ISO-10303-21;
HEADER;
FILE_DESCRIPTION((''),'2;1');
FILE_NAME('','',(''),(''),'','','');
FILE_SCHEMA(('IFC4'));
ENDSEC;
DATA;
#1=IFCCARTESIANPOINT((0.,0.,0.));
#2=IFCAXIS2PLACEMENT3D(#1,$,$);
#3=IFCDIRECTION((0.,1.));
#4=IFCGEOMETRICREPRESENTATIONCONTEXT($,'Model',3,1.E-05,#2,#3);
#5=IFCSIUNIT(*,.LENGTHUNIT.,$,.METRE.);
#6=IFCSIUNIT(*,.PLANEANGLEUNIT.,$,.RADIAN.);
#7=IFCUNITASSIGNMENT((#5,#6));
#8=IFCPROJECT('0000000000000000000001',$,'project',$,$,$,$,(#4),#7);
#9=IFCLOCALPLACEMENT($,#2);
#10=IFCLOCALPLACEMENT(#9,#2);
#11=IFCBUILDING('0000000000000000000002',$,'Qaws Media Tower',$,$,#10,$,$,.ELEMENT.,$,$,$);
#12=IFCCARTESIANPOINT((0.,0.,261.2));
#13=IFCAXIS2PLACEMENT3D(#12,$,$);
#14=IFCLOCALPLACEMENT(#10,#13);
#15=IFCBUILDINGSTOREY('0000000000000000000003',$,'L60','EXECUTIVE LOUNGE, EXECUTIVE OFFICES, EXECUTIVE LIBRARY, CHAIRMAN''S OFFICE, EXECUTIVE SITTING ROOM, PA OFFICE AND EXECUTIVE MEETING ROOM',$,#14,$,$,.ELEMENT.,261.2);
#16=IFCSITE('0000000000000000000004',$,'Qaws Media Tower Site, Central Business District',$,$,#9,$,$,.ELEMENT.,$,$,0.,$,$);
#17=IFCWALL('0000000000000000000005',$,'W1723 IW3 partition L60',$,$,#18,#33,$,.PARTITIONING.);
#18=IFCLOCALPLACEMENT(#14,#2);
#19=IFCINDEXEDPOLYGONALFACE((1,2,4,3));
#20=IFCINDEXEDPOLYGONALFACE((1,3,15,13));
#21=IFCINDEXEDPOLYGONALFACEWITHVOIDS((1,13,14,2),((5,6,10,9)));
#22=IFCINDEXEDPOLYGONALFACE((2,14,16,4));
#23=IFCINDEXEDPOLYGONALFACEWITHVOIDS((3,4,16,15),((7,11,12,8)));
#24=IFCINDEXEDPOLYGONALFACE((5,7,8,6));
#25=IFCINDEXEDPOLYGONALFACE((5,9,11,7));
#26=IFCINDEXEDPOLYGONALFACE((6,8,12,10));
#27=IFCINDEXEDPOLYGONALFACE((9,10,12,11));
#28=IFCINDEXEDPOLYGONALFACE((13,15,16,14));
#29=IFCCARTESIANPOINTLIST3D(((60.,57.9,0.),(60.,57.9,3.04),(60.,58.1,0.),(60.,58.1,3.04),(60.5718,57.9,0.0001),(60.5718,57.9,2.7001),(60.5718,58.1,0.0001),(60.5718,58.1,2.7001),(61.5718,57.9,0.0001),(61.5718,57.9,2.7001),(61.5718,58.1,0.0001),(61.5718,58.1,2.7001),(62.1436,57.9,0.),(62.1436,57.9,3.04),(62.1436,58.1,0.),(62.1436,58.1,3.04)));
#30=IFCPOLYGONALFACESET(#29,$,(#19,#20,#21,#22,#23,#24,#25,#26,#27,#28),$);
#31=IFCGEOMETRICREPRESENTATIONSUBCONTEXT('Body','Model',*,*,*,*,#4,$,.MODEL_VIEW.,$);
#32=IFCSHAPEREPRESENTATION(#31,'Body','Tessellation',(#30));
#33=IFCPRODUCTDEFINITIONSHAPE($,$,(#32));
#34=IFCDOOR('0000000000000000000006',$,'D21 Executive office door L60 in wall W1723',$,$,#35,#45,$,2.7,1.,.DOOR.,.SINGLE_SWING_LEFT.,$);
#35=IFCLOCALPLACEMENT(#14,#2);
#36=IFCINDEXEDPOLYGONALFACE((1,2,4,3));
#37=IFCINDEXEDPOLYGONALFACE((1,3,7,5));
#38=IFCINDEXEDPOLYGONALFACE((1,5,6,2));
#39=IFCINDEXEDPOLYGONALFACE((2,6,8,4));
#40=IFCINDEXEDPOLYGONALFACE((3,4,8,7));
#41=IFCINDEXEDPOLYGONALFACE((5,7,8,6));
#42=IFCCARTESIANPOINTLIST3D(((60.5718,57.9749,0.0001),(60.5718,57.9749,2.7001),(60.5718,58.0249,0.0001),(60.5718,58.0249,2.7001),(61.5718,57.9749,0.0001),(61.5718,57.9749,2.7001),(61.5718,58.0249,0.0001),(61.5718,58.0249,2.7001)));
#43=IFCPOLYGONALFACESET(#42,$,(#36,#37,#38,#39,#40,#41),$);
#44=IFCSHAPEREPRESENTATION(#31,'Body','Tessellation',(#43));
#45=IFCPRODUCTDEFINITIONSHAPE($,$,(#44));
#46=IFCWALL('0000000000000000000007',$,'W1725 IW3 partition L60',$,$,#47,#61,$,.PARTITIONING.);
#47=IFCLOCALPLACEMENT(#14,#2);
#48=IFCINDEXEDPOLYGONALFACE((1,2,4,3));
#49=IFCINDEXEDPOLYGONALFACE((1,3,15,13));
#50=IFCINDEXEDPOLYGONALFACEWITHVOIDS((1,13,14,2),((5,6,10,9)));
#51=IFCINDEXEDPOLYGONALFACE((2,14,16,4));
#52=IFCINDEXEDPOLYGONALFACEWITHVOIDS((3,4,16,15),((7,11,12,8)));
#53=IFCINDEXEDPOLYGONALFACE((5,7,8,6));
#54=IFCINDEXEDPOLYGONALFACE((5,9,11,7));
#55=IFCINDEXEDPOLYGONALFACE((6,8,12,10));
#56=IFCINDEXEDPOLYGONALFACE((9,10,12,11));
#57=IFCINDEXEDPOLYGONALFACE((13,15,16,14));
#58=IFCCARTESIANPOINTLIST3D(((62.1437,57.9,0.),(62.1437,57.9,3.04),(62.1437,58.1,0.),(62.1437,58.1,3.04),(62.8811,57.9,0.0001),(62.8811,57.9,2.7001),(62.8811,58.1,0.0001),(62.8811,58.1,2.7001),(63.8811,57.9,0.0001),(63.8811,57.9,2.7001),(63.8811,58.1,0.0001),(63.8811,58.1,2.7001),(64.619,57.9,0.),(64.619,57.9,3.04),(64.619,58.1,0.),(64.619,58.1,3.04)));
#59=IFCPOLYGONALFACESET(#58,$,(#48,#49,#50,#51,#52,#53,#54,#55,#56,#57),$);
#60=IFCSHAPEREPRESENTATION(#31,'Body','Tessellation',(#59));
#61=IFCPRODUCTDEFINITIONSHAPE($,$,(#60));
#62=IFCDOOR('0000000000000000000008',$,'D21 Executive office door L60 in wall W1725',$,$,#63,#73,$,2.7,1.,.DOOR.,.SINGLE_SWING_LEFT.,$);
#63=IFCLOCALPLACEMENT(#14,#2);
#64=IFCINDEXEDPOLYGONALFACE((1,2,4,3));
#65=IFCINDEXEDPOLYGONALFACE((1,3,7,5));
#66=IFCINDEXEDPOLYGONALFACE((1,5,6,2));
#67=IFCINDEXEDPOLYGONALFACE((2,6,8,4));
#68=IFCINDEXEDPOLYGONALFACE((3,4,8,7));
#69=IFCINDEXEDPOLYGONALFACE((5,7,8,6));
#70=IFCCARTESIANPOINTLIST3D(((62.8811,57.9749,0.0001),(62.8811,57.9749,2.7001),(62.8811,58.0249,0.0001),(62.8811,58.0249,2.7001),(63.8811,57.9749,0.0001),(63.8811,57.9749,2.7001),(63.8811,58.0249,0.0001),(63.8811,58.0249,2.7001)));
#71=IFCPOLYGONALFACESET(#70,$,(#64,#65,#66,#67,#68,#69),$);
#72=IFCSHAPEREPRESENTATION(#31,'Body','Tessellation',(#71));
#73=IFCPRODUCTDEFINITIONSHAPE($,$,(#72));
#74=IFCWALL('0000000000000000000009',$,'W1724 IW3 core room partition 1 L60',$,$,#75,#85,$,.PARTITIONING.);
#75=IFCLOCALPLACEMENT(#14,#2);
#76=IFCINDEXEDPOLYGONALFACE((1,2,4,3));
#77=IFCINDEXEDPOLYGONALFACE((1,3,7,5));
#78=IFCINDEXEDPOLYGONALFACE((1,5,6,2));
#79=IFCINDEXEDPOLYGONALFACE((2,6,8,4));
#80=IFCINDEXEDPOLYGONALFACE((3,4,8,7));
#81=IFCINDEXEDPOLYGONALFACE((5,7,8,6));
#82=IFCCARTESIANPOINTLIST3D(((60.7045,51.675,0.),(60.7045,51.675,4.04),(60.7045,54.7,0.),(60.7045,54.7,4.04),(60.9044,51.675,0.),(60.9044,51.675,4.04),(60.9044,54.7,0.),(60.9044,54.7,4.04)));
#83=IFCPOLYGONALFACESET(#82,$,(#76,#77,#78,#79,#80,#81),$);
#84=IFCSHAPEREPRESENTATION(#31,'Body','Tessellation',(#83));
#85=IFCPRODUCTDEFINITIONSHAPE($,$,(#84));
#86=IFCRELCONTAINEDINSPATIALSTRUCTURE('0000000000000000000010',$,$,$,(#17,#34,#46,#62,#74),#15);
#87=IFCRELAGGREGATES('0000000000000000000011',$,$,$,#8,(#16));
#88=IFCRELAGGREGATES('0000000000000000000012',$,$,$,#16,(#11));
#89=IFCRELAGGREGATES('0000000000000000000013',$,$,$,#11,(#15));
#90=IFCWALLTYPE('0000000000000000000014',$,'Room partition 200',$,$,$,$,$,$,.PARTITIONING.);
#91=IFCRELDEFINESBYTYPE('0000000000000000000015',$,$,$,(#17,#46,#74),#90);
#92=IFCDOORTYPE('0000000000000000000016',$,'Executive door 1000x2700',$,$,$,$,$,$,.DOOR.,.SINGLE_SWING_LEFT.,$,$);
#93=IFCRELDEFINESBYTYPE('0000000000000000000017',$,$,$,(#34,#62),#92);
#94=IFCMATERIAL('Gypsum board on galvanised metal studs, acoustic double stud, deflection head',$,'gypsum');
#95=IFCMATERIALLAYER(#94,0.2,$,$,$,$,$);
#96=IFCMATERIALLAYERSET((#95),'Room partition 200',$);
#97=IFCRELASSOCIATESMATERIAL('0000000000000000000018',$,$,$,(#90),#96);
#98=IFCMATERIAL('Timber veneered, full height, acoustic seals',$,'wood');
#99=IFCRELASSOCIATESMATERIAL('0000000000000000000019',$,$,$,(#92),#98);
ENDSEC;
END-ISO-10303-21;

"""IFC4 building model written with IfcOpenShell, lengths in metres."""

from ifc_helpers import new_model, si_unit, direction, frame, frame_2d, origin, place, context, subcontext, project, spatial, rectangle, extrude, material, layer, layer_set, type_object, element, fill, save


model = new_model("IFC4")

# Units and contexts
model_context = context("Model", 3, precision=1e-05, world=origin(), true_north=direction((0.0, 1.0)))
body_context = subcontext(model_context, "Body", "Model", "MODEL_VIEW")
ifc_project = project(units=[si_unit("LENGTHUNIT", "METRE"), si_unit("PLANEANGLEUNIT", "RADIAN")], contexts=[model_context])

# Site, building, storey
site_placement = place(None, origin())
site = spatial("IfcSite", under=ifc_project, at=site_placement, Name="Qaws Media Tower Site, Central Business District", CompositionType="ELEMENT", RefElevation=0.0)
building_placement = place(site_placement, origin())
building = spatial("IfcBuilding", under=site, at=building_placement, Name="Qaws Media Tower", CompositionType="ELEMENT")
storey_placement = place(building_placement, frame((0.0, 0.0, 261.2)))
storey = spatial("IfcBuildingStorey", under=building, at=storey_placement, Name="L60", Description="EXECUTIVE LOUNGE, EXECUTIVE OFFICES, EXECUTIVE LIBRARY, CHAIRMAN'S OFFICE, EXECUTIVE SITTING ROOM, PA OFFICE AND EXECUTIVE MEETING ROOM", CompositionType="ELEMENT", Elevation=261.2)

# Walls, openings, doors
ifc_material_1 = material(Name="Gypsum board on galvanised metal studs, acoustic double stud, deflection head", Category="gypsum")
ifc_layer_1 = layer(ifc_material_1, 0.2)
ifc_layer_set_1 = layer_set([ifc_layer_1], Name="Room partition 200")
wall_type_1 = type_object("IfcWallType", Name="Room partition 200", PredefinedType="PARTITIONING", material=ifc_layer_set_1)
ifc_material_2 = material(Name="Timber veneered, full height, acoustic seals", Category="wood")
door_type_1 = type_object("IfcDoorType", Name="Executive door 1000x2700", OperationType="SINGLE_SWING_LEFT", PredefinedType="DOOR", material=ifc_material_2)
wall_1_placement = place(storey_placement, frame((60.0, 58.0, 0.0), z_axis=(0.0, 0.0, 1.0), x_axis=(1.0, 0.0, 0.0)))
wall_1 = element("IfcWall", 1, at=wall_1_placement, inside=storey, type_object=wall_type_1, Name="W1723 IW3 partition L60", PredefinedType="PARTITIONING", context=body_context, shape_type="SweptSolid", body=[
    extrude(rectangle(XDim=2.1436, YDim=0.2, at=frame_2d((1.0718, 0.0))), origin(), (0.0, 0.0, 1.0), 3.04),
])
opening_1_placement = place(wall_1_placement, frame((0.5718, 0.0, 0.0)))
opening_1 = element("IfcOpeningElement", 2, at=opening_1_placement, cuts=wall_1, PredefinedType="OPENING", context=body_context, shape_type="SweptSolid", body=[
    extrude(rectangle(XDim=1.0, YDim=2.7, at=frame_2d((0.5, 1.3501))), frame((0.0, 0.1099, 0.0), z_axis=(0.0, -1.0, 0.0), x_axis=(1.0, 0.0, 0.0)), (0.0, 0.0, 1.0), 0.22),
])
door_1_placement = place(opening_1_placement, origin())
door_1 = element("IfcDoor", 3, at=door_1_placement, inside=storey, type_object=door_type_1, Name="D21 Executive office door L60 in wall W1723", OperationType="SINGLE_SWING_LEFT", OverallHeight=2.7, OverallWidth=1.0, PredefinedType="DOOR", context=body_context, shape_type="SweptSolid", body=[
    extrude(rectangle(XDim=1.0, YDim=2.7, at=frame_2d((0.5, 1.3501))), frame((0.0, 0.0249, 0.0), z_axis=(0.0, -1.0, 0.0), x_axis=(1.0, 0.0, 0.0)), (0.0, 0.0, 1.0), 0.05),
])
fill(opening_1, door_1)
wall_2_placement = place(storey_placement, frame((62.1436, 58.0, 0.0), z_axis=(0.0, 0.0, 1.0), x_axis=(1.0, 0.0, 0.0)))
wall_2 = element("IfcWall", 4, at=wall_2_placement, inside=storey, type_object=wall_type_1, Name="W1725 IW3 partition L60", PredefinedType="PARTITIONING", context=body_context, shape_type="SweptSolid", body=[
    extrude(rectangle(XDim=2.4753, YDim=0.2, at=frame_2d((1.2378, 0.0))), origin(), (0.0, 0.0, 1.0), 3.04),
])
opening_2_placement = place(wall_2_placement, frame((0.7375, 0.0, 0.0)))
opening_2 = element("IfcOpeningElement", 5, at=opening_2_placement, cuts=wall_2, PredefinedType="OPENING", context=body_context, shape_type="SweptSolid", body=[
    extrude(rectangle(XDim=1.0, YDim=2.7, at=frame_2d((0.5, 1.3501))), frame((0.0, 0.1099, 0.0), z_axis=(0.0, -1.0, 0.0), x_axis=(1.0, 0.0, 0.0)), (0.0, 0.0, 1.0), 0.22),
])
door_2_placement = place(opening_2_placement, origin())
door_2 = element("IfcDoor", 6, at=door_2_placement, inside=storey, type_object=door_type_1, Name="D21 Executive office door L60 in wall W1725", OperationType="SINGLE_SWING_LEFT", OverallHeight=2.7, OverallWidth=1.0, PredefinedType="DOOR", context=body_context, shape_type="SweptSolid", body=[
    extrude(rectangle(XDim=1.0, YDim=2.7, at=frame_2d((0.5, 1.3501))), frame((0.0, 0.0249, 0.0), z_axis=(0.0, -1.0, 0.0), x_axis=(1.0, 0.0, 0.0)), (0.0, 0.0, 1.0), 0.05),
])
fill(opening_2, door_2)

# Wall
wall_3_placement = place(storey_placement, frame((60.8044, 51.675, 0.0), z_axis=(0.0, 0.0, 1.0), x_axis=(0.0, 1.0, 0.0)))
element("IfcWall", 7, at=wall_3_placement, inside=storey, type_object=wall_type_1, Name="W1724 IW3 core room partition 1 L60", PredefinedType="PARTITIONING", context=body_context, shape_type="SweptSolid", body=[
    extrude(rectangle(XDim=3.0249, YDim=0.2, at=frame_2d((1.5125, 0.0))), origin(), (0.0, 0.0, 1.0), 4.04),
])

save(model, "model.ifc")
